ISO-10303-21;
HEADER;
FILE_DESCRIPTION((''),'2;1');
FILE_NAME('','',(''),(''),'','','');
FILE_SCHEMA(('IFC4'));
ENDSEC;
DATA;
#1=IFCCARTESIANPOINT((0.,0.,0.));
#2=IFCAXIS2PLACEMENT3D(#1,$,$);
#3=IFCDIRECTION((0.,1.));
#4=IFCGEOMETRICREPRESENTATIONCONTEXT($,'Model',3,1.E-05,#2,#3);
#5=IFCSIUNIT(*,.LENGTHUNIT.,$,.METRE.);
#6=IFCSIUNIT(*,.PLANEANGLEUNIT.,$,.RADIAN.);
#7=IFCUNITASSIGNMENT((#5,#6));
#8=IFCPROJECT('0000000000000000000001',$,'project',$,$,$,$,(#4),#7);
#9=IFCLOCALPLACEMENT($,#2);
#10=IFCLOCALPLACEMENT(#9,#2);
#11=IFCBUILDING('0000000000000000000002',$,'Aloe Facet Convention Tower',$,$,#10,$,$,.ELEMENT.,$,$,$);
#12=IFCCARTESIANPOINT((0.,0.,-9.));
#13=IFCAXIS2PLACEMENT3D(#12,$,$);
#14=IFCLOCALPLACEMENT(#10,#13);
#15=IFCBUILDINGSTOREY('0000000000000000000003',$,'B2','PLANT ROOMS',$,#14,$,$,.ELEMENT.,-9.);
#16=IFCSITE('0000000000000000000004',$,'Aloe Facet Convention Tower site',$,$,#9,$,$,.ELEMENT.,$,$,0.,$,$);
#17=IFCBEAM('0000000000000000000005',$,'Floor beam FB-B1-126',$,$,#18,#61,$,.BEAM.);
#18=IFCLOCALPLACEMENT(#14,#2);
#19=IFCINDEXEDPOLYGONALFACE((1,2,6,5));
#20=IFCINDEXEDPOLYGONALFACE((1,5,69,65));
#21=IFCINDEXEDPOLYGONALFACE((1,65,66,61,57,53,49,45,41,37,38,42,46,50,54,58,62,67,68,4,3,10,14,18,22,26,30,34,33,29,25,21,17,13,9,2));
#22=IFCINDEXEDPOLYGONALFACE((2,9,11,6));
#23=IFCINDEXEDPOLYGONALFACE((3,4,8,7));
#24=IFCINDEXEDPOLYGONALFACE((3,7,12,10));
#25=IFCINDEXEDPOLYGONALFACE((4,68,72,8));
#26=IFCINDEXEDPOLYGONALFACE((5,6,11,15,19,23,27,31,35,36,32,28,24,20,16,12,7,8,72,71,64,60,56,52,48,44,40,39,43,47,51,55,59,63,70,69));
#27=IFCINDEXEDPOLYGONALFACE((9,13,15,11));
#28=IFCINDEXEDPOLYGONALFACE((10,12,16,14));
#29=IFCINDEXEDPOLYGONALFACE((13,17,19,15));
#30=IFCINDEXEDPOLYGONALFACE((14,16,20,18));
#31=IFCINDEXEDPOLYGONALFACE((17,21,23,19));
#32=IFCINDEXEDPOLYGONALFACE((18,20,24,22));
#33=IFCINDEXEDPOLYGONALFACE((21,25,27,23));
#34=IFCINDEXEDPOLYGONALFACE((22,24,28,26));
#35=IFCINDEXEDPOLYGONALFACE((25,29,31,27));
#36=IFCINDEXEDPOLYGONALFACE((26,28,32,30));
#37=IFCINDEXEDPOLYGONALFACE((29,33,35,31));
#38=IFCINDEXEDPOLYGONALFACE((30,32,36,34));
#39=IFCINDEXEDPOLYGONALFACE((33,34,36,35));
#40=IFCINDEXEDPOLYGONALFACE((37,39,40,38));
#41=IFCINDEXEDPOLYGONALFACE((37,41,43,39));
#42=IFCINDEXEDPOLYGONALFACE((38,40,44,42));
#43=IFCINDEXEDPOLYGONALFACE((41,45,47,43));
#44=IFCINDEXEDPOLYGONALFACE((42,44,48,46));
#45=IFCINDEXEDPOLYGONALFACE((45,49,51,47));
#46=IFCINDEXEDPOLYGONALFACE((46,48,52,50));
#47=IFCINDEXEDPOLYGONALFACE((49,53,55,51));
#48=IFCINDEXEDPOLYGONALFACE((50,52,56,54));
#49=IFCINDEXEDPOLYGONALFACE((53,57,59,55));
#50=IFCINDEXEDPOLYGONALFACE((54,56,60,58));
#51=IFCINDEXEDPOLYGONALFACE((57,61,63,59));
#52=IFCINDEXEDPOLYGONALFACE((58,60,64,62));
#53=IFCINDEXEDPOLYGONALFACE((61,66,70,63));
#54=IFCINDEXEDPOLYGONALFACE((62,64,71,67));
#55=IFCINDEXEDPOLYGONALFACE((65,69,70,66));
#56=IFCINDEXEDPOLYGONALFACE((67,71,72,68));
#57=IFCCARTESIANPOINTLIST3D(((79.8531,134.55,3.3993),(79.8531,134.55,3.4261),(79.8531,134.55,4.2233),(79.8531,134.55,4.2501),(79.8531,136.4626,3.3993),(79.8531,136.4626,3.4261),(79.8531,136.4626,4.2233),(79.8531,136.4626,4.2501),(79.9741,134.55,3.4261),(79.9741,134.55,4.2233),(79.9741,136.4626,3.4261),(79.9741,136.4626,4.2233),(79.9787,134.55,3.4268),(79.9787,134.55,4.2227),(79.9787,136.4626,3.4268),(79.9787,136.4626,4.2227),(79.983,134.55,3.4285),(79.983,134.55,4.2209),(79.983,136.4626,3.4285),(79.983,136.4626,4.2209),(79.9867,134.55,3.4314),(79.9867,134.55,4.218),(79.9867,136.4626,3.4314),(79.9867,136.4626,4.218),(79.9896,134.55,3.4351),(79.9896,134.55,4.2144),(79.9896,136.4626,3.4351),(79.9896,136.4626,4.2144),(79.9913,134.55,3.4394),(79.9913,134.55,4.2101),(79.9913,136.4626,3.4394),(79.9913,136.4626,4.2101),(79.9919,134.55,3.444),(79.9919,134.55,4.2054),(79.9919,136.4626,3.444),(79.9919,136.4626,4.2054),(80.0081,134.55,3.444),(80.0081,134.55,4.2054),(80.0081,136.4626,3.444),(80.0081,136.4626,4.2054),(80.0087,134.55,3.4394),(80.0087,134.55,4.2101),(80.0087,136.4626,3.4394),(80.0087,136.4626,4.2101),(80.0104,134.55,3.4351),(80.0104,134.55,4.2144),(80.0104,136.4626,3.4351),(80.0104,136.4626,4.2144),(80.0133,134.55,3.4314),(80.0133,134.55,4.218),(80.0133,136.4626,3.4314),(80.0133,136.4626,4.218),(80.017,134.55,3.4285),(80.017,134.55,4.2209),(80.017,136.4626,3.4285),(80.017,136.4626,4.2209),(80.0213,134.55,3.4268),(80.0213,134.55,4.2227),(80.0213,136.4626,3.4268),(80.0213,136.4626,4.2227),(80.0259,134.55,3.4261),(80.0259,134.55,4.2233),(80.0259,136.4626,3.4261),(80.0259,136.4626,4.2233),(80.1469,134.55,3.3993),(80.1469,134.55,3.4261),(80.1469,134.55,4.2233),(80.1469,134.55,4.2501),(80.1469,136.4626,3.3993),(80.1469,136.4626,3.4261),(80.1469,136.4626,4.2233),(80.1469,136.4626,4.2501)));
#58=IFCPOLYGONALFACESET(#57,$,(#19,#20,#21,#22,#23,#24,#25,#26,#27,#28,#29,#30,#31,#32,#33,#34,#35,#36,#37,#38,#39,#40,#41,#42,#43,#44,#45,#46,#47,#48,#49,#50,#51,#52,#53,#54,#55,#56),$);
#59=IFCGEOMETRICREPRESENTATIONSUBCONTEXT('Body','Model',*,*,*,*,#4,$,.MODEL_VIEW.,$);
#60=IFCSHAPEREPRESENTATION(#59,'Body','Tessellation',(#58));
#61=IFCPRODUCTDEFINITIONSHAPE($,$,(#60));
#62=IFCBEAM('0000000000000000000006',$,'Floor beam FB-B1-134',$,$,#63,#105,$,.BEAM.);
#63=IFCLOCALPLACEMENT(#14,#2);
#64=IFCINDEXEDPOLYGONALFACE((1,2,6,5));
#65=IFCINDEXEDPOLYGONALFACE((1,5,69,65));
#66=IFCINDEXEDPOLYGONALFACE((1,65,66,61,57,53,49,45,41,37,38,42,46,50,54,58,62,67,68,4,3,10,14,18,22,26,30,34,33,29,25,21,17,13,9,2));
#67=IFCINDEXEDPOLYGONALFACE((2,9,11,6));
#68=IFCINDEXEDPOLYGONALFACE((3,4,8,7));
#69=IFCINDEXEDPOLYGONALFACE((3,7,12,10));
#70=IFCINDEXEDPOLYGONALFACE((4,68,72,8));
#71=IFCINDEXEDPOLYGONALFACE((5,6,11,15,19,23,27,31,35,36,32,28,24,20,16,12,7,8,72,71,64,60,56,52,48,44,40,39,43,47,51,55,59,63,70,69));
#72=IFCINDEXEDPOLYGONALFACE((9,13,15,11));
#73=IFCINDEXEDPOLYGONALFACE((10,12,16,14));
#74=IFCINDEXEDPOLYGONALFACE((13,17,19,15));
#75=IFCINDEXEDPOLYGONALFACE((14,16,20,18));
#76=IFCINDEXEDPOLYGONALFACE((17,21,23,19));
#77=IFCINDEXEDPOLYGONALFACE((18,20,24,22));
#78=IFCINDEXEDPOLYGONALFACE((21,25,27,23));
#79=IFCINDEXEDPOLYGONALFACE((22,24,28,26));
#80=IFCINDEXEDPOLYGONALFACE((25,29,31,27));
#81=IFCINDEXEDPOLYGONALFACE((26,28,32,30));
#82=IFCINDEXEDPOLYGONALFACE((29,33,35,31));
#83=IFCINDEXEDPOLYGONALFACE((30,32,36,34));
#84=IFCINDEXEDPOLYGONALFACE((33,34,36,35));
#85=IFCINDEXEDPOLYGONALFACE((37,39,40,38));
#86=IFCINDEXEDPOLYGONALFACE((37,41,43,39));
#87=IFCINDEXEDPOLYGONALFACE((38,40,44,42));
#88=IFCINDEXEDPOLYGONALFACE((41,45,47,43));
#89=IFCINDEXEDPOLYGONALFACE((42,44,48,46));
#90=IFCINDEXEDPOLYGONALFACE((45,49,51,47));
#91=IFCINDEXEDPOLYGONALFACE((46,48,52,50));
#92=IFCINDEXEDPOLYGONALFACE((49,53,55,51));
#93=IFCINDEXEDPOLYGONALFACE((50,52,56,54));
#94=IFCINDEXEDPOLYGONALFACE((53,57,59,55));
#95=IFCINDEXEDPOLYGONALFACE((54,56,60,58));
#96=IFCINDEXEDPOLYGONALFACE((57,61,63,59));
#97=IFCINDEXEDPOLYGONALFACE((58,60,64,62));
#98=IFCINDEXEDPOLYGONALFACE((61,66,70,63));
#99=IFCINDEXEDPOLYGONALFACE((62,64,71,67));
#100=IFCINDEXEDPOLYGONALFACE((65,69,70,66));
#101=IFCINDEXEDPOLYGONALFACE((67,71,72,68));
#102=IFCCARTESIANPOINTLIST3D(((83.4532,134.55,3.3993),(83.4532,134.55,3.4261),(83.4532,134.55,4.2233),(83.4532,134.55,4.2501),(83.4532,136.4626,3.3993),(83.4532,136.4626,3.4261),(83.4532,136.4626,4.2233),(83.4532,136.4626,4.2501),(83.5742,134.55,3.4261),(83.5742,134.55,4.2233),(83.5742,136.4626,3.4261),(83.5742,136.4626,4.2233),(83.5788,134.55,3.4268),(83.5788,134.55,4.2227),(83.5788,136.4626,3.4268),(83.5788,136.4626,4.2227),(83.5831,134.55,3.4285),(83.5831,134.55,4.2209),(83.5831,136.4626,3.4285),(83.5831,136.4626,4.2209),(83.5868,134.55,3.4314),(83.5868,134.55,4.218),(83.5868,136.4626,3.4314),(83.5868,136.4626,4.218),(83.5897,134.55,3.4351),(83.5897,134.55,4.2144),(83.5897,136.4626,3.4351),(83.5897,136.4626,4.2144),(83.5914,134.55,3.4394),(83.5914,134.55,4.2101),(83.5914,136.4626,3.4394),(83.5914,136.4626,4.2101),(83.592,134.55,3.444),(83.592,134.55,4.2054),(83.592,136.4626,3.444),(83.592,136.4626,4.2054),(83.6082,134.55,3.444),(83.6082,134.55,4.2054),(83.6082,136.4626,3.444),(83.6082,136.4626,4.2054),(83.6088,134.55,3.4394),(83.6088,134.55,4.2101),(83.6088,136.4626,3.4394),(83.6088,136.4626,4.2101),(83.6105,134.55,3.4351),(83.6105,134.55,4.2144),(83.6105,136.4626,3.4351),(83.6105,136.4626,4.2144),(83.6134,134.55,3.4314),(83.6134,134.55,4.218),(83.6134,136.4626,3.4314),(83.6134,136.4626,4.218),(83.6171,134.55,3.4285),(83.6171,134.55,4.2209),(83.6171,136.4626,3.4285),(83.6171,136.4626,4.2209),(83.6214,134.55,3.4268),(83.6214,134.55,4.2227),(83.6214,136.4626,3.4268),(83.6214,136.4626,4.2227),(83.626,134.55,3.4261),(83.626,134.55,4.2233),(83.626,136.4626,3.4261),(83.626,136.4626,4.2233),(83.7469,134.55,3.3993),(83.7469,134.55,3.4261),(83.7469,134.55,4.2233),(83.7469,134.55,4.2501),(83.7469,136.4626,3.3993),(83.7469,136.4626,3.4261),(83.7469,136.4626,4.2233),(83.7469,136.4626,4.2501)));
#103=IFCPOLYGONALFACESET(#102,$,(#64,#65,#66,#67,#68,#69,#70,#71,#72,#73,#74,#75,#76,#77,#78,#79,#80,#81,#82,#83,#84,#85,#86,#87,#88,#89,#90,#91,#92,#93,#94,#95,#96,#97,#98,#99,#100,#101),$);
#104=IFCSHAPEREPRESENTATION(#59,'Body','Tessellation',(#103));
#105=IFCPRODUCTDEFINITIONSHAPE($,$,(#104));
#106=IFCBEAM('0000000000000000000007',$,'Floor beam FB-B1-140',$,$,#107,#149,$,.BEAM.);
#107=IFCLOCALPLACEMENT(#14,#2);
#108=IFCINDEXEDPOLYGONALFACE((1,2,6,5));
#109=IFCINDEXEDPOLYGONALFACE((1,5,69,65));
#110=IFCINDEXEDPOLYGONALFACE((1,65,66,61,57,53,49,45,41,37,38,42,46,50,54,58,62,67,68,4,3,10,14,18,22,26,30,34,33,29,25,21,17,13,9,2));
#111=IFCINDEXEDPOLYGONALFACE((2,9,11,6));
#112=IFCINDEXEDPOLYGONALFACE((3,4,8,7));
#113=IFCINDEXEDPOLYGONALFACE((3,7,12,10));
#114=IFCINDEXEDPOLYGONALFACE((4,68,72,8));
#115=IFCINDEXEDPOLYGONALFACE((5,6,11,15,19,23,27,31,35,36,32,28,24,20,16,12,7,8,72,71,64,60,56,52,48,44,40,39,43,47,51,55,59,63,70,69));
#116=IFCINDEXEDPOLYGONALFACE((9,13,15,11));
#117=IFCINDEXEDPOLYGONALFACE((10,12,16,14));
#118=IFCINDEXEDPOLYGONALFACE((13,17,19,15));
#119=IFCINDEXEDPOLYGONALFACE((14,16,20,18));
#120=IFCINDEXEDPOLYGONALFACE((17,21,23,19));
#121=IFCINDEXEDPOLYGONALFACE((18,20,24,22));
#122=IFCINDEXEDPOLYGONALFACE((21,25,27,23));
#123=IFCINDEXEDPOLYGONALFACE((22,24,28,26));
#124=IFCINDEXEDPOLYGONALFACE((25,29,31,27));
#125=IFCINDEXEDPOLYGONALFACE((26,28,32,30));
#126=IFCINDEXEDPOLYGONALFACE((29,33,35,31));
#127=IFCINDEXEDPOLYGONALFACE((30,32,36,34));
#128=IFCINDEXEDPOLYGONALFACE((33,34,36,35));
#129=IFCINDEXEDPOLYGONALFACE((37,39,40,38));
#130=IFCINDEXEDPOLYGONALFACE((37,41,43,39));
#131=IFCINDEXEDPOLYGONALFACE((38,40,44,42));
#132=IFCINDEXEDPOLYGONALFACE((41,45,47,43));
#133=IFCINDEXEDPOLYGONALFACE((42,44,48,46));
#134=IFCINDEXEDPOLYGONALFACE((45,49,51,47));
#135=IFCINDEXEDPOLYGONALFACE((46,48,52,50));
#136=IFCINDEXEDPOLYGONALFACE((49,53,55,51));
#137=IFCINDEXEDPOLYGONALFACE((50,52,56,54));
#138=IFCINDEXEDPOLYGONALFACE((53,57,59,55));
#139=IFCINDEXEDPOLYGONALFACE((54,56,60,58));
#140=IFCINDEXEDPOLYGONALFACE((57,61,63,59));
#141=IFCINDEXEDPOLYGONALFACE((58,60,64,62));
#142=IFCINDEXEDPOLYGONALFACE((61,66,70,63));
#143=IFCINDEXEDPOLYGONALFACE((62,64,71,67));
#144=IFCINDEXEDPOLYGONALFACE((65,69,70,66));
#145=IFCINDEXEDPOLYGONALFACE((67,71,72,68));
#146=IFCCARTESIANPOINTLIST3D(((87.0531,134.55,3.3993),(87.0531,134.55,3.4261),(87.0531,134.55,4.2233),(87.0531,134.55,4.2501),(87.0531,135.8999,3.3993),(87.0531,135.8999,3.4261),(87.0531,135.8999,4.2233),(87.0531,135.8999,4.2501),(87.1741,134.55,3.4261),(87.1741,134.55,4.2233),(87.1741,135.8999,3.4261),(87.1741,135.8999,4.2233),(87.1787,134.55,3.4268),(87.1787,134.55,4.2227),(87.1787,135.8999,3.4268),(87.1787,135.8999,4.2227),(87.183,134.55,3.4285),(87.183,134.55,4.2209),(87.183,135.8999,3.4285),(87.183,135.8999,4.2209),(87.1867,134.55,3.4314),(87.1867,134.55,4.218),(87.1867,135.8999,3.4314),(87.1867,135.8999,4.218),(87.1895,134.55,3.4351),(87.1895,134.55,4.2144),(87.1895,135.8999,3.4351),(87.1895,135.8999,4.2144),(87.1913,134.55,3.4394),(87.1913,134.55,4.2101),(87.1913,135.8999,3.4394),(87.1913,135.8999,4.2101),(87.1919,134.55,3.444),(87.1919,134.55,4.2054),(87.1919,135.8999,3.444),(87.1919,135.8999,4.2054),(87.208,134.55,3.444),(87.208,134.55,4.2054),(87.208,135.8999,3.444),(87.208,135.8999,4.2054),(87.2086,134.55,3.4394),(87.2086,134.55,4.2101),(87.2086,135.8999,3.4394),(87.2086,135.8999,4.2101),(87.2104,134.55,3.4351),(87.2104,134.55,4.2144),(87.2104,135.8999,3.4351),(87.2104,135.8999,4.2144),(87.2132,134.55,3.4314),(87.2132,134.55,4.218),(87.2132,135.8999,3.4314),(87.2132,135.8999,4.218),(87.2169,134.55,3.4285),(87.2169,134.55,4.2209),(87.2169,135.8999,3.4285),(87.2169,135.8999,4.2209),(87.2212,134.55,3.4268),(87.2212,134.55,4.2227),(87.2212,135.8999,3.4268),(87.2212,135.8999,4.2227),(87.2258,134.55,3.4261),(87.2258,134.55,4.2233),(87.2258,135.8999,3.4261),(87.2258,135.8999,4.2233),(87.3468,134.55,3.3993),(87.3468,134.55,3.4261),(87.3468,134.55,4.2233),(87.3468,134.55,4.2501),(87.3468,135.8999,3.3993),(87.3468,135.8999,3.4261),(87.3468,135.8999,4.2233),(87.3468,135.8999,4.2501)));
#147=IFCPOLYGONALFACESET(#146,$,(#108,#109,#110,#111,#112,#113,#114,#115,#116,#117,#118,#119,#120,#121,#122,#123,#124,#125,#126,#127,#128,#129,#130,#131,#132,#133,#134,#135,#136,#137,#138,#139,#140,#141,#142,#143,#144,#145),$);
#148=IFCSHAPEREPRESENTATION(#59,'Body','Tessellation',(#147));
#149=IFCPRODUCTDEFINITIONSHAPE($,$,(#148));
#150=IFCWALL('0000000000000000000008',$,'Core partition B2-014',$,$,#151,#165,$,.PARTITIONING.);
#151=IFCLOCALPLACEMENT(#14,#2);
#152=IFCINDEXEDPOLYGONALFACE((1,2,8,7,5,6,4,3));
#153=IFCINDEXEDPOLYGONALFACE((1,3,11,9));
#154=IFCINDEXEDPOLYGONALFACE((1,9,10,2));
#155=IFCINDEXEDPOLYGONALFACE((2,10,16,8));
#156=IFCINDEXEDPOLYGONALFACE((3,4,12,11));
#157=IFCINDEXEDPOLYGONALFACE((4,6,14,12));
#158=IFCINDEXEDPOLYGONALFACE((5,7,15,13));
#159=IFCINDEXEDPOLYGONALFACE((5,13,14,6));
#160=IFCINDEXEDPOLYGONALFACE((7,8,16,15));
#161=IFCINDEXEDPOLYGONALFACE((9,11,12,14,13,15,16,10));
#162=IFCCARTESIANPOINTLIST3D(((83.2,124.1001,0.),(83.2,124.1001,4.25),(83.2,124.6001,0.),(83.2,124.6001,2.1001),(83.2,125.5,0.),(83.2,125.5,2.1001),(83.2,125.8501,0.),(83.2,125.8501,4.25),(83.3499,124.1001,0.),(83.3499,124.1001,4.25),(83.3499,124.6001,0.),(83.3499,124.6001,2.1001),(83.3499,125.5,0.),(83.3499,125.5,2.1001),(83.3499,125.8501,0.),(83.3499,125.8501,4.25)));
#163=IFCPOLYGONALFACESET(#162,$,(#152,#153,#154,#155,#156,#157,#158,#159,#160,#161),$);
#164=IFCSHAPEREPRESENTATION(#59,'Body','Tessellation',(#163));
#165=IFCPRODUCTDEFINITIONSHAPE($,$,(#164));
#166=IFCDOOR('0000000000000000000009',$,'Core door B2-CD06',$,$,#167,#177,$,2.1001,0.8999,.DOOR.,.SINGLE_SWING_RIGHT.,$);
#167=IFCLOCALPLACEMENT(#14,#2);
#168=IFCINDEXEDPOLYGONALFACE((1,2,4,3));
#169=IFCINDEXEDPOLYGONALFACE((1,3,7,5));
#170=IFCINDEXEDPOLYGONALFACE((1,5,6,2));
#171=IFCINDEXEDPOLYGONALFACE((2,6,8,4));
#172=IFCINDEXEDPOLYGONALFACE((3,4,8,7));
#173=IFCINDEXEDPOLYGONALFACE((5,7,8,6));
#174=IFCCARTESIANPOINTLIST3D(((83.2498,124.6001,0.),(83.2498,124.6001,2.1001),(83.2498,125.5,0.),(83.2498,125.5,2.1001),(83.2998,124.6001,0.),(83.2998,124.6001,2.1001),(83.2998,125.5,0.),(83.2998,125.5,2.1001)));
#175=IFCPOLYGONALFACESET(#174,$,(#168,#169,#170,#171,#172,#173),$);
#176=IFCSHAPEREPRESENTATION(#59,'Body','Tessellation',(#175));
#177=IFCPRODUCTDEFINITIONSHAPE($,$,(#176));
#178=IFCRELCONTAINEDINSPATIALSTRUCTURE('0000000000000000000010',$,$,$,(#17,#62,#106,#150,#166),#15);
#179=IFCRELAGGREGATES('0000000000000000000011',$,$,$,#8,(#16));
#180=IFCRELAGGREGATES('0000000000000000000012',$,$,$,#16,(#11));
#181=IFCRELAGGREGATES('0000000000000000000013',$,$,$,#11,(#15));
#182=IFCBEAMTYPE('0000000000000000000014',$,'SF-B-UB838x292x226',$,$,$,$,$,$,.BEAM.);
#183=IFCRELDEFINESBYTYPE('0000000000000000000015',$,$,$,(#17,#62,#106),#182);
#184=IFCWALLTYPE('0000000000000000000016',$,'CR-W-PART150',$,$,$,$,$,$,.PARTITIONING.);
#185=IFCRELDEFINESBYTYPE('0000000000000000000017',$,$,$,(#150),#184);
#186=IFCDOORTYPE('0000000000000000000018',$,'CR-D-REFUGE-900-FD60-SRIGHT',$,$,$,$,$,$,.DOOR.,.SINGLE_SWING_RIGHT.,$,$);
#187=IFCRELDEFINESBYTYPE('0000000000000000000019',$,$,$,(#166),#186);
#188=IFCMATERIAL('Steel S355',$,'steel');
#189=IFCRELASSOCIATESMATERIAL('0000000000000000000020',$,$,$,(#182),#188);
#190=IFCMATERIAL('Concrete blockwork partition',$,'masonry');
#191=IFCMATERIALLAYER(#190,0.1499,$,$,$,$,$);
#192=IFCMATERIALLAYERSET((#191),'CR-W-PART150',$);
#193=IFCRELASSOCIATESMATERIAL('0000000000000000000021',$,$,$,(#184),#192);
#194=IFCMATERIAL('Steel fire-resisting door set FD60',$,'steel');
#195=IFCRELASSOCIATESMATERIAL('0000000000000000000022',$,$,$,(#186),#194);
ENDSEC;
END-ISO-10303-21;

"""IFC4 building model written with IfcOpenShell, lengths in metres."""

from ifc_helpers import new_model, si_unit, direction, frame, frame_2d, origin, origin_2d, place, context, subcontext, project, spatial, rectangle, i_section, extrude, material, layer, layer_set, material_profile, profile_set, type_object, element, fill, save


model = new_model("IFC4")

# Units and contexts
model_context = context("Model", 3, precision=1e-05, world=origin(), true_north=direction((0.0, 1.0)))
body_context = subcontext(model_context, "Body", "Model", "MODEL_VIEW")
ifc_project = project(units=[si_unit("LENGTHUNIT", "METRE"), si_unit("PLANEANGLEUNIT", "RADIAN")], contexts=[model_context])

# Site, building, storey
site_placement = place(None, origin())
site = spatial("IfcSite", under=ifc_project, at=site_placement, Name="Aloe Facet Convention Tower site", CompositionType="ELEMENT", RefElevation=0.0)
building_placement = place(site_placement, origin())
building = spatial("IfcBuilding", under=site, at=building_placement, Name="Aloe Facet Convention Tower", CompositionType="ELEMENT")
storey_placement = place(building_placement, frame((0.0, 0.0, -9.0)))
storey = spatial("IfcBuildingStorey", under=building, at=storey_placement, Name="B2", Description="PLANT ROOMS", CompositionType="ELEMENT", Elevation=-9.0)

# Beams
ifc_material_1 = material(Name="Steel S355", Category="steel")
ifc_material_profile_1 = material_profile(ifc_material_1, i_section(OverallWidth=0.2937, OverallDepth=0.8508, WebThickness=0.0161, FlangeThickness=0.0269, FilletRadius=0.0178, at=origin_2d()), Name="UB 838x292x226")
ifc_profile_set_1 = profile_set([ifc_material_profile_1], Name="Steel S355")
beam_type_1 = type_object("IfcBeamType", Name="SF-B-UB838x292x226", PredefinedType="BEAM", material=ifc_profile_set_1)
for number, where, z_axis, x_axis, name in (
    (1, (80.0, 134.55, 3.8247), (0.0, 1.0, 0.0), (-1.0, 0.0, 0.0), "Floor beam FB-B1-126"),
    (2, (83.6001, 134.55, 3.8247), (0.0, 1.0, 0.0), (-1.0, 0.0, 0.0), "Floor beam FB-B1-134"),
):
    element("IfcBeam", number, at=place(storey_placement, frame(where, z_axis=z_axis, x_axis=x_axis)), inside=storey, type_object=beam_type_1, Name=name, PredefinedType="BEAM", context=body_context, shape_type="SweptSolid", body=[
        extrude(i_section(OverallWidth=0.2937, OverallDepth=0.8508, WebThickness=0.0161, FlangeThickness=0.0269, FilletRadius=0.0178, at=origin_2d()), origin(), (0.0, 0.0, 1.0), 1.9126),
    ])
beam_1_placement = place(storey_placement, frame((87.2, 134.55, 3.8247), z_axis=(0.0, 1.0, 0.0), x_axis=(-1.0, 0.0, 0.0)))
element("IfcBeam", 3, at=beam_1_placement, inside=storey, type_object=beam_type_1, Name="Floor beam FB-B1-140", PredefinedType="BEAM", context=body_context, shape_type="SweptSolid", body=[
    extrude(i_section(OverallWidth=0.2937, OverallDepth=0.8508, WebThickness=0.0161, FlangeThickness=0.0269, FilletRadius=0.0178, at=origin_2d()), origin(), (0.0, 0.0, 1.0), 1.3499),
])

# Wall, opening, door
ifc_material_2 = material(Name="Concrete blockwork partition", Category="masonry")
ifc_layer_1 = layer(ifc_material_2, 0.1499)
ifc_layer_set_1 = layer_set([ifc_layer_1], Name="CR-W-PART150")
wall_type_1 = type_object("IfcWallType", Name="CR-W-PART150", PredefinedType="PARTITIONING", material=ifc_layer_set_1)
wall_1_placement = place(storey_placement, frame((83.2749, 125.8501, 0.0), z_axis=(0.0, 0.0, 1.0), x_axis=(0.0, -1.0, 0.0)))
wall_1 = element("IfcWall", 4, at=wall_1_placement, inside=storey, type_object=wall_type_1, Name="Core partition B2-014", PredefinedType="PARTITIONING", context=body_context, shape_type="SweptSolid", body=[
    extrude(rectangle(XDim=1.75, YDim=0.1499, at=frame_2d((0.875, 0.0))), origin(), (0.0, 0.0, 1.0), 4.25),
])
opening_1_placement = place(wall_1_placement, frame((0.3501, 0.0, 0.0)))
opening_1 = element("IfcOpeningElement", 5, at=opening_1_placement, cuts=wall_1, PredefinedType="OPENING", context=body_context, shape_type="SweptSolid", body=[
    extrude(rectangle(XDim=0.8999, YDim=2.1001, at=frame_2d((0.45, 1.05))), frame((0.0, 0.085, 0.0), z_axis=(0.0, -1.0, 0.0), x_axis=(1.0, 0.0, 0.0)), (0.0, 0.0, 1.0), 0.1699),
])
ifc_material_3 = material(Name="Steel fire-resisting door set FD60", Category="steel")
door_type_1 = type_object("IfcDoorType", Name="CR-D-REFUGE-900-FD60-SRIGHT", OperationType="SINGLE_SWING_RIGHT", PredefinedType="DOOR", material=ifc_material_3)
door_1_placement = place(opening_1_placement, origin())
door_1 = element("IfcDoor", 6, at=door_1_placement, inside=storey, type_object=door_type_1, Name="Core door B2-CD06", OperationType="SINGLE_SWING_RIGHT", OverallHeight=2.1001, OverallWidth=0.8999, PredefinedType="DOOR", context=body_context, shape_type="SweptSolid", body=[
    extrude(rectangle(XDim=0.8999, YDim=2.1001, at=frame_2d((0.45, 1.05))), frame((0.0, 0.0249, 0.0), z_axis=(0.0, -1.0, 0.0), x_axis=(1.0, 0.0, 0.0)), (0.0, 0.0, 1.0), 0.05),
])
fill(opening_1, door_1)

save(model, "model.ifc")
